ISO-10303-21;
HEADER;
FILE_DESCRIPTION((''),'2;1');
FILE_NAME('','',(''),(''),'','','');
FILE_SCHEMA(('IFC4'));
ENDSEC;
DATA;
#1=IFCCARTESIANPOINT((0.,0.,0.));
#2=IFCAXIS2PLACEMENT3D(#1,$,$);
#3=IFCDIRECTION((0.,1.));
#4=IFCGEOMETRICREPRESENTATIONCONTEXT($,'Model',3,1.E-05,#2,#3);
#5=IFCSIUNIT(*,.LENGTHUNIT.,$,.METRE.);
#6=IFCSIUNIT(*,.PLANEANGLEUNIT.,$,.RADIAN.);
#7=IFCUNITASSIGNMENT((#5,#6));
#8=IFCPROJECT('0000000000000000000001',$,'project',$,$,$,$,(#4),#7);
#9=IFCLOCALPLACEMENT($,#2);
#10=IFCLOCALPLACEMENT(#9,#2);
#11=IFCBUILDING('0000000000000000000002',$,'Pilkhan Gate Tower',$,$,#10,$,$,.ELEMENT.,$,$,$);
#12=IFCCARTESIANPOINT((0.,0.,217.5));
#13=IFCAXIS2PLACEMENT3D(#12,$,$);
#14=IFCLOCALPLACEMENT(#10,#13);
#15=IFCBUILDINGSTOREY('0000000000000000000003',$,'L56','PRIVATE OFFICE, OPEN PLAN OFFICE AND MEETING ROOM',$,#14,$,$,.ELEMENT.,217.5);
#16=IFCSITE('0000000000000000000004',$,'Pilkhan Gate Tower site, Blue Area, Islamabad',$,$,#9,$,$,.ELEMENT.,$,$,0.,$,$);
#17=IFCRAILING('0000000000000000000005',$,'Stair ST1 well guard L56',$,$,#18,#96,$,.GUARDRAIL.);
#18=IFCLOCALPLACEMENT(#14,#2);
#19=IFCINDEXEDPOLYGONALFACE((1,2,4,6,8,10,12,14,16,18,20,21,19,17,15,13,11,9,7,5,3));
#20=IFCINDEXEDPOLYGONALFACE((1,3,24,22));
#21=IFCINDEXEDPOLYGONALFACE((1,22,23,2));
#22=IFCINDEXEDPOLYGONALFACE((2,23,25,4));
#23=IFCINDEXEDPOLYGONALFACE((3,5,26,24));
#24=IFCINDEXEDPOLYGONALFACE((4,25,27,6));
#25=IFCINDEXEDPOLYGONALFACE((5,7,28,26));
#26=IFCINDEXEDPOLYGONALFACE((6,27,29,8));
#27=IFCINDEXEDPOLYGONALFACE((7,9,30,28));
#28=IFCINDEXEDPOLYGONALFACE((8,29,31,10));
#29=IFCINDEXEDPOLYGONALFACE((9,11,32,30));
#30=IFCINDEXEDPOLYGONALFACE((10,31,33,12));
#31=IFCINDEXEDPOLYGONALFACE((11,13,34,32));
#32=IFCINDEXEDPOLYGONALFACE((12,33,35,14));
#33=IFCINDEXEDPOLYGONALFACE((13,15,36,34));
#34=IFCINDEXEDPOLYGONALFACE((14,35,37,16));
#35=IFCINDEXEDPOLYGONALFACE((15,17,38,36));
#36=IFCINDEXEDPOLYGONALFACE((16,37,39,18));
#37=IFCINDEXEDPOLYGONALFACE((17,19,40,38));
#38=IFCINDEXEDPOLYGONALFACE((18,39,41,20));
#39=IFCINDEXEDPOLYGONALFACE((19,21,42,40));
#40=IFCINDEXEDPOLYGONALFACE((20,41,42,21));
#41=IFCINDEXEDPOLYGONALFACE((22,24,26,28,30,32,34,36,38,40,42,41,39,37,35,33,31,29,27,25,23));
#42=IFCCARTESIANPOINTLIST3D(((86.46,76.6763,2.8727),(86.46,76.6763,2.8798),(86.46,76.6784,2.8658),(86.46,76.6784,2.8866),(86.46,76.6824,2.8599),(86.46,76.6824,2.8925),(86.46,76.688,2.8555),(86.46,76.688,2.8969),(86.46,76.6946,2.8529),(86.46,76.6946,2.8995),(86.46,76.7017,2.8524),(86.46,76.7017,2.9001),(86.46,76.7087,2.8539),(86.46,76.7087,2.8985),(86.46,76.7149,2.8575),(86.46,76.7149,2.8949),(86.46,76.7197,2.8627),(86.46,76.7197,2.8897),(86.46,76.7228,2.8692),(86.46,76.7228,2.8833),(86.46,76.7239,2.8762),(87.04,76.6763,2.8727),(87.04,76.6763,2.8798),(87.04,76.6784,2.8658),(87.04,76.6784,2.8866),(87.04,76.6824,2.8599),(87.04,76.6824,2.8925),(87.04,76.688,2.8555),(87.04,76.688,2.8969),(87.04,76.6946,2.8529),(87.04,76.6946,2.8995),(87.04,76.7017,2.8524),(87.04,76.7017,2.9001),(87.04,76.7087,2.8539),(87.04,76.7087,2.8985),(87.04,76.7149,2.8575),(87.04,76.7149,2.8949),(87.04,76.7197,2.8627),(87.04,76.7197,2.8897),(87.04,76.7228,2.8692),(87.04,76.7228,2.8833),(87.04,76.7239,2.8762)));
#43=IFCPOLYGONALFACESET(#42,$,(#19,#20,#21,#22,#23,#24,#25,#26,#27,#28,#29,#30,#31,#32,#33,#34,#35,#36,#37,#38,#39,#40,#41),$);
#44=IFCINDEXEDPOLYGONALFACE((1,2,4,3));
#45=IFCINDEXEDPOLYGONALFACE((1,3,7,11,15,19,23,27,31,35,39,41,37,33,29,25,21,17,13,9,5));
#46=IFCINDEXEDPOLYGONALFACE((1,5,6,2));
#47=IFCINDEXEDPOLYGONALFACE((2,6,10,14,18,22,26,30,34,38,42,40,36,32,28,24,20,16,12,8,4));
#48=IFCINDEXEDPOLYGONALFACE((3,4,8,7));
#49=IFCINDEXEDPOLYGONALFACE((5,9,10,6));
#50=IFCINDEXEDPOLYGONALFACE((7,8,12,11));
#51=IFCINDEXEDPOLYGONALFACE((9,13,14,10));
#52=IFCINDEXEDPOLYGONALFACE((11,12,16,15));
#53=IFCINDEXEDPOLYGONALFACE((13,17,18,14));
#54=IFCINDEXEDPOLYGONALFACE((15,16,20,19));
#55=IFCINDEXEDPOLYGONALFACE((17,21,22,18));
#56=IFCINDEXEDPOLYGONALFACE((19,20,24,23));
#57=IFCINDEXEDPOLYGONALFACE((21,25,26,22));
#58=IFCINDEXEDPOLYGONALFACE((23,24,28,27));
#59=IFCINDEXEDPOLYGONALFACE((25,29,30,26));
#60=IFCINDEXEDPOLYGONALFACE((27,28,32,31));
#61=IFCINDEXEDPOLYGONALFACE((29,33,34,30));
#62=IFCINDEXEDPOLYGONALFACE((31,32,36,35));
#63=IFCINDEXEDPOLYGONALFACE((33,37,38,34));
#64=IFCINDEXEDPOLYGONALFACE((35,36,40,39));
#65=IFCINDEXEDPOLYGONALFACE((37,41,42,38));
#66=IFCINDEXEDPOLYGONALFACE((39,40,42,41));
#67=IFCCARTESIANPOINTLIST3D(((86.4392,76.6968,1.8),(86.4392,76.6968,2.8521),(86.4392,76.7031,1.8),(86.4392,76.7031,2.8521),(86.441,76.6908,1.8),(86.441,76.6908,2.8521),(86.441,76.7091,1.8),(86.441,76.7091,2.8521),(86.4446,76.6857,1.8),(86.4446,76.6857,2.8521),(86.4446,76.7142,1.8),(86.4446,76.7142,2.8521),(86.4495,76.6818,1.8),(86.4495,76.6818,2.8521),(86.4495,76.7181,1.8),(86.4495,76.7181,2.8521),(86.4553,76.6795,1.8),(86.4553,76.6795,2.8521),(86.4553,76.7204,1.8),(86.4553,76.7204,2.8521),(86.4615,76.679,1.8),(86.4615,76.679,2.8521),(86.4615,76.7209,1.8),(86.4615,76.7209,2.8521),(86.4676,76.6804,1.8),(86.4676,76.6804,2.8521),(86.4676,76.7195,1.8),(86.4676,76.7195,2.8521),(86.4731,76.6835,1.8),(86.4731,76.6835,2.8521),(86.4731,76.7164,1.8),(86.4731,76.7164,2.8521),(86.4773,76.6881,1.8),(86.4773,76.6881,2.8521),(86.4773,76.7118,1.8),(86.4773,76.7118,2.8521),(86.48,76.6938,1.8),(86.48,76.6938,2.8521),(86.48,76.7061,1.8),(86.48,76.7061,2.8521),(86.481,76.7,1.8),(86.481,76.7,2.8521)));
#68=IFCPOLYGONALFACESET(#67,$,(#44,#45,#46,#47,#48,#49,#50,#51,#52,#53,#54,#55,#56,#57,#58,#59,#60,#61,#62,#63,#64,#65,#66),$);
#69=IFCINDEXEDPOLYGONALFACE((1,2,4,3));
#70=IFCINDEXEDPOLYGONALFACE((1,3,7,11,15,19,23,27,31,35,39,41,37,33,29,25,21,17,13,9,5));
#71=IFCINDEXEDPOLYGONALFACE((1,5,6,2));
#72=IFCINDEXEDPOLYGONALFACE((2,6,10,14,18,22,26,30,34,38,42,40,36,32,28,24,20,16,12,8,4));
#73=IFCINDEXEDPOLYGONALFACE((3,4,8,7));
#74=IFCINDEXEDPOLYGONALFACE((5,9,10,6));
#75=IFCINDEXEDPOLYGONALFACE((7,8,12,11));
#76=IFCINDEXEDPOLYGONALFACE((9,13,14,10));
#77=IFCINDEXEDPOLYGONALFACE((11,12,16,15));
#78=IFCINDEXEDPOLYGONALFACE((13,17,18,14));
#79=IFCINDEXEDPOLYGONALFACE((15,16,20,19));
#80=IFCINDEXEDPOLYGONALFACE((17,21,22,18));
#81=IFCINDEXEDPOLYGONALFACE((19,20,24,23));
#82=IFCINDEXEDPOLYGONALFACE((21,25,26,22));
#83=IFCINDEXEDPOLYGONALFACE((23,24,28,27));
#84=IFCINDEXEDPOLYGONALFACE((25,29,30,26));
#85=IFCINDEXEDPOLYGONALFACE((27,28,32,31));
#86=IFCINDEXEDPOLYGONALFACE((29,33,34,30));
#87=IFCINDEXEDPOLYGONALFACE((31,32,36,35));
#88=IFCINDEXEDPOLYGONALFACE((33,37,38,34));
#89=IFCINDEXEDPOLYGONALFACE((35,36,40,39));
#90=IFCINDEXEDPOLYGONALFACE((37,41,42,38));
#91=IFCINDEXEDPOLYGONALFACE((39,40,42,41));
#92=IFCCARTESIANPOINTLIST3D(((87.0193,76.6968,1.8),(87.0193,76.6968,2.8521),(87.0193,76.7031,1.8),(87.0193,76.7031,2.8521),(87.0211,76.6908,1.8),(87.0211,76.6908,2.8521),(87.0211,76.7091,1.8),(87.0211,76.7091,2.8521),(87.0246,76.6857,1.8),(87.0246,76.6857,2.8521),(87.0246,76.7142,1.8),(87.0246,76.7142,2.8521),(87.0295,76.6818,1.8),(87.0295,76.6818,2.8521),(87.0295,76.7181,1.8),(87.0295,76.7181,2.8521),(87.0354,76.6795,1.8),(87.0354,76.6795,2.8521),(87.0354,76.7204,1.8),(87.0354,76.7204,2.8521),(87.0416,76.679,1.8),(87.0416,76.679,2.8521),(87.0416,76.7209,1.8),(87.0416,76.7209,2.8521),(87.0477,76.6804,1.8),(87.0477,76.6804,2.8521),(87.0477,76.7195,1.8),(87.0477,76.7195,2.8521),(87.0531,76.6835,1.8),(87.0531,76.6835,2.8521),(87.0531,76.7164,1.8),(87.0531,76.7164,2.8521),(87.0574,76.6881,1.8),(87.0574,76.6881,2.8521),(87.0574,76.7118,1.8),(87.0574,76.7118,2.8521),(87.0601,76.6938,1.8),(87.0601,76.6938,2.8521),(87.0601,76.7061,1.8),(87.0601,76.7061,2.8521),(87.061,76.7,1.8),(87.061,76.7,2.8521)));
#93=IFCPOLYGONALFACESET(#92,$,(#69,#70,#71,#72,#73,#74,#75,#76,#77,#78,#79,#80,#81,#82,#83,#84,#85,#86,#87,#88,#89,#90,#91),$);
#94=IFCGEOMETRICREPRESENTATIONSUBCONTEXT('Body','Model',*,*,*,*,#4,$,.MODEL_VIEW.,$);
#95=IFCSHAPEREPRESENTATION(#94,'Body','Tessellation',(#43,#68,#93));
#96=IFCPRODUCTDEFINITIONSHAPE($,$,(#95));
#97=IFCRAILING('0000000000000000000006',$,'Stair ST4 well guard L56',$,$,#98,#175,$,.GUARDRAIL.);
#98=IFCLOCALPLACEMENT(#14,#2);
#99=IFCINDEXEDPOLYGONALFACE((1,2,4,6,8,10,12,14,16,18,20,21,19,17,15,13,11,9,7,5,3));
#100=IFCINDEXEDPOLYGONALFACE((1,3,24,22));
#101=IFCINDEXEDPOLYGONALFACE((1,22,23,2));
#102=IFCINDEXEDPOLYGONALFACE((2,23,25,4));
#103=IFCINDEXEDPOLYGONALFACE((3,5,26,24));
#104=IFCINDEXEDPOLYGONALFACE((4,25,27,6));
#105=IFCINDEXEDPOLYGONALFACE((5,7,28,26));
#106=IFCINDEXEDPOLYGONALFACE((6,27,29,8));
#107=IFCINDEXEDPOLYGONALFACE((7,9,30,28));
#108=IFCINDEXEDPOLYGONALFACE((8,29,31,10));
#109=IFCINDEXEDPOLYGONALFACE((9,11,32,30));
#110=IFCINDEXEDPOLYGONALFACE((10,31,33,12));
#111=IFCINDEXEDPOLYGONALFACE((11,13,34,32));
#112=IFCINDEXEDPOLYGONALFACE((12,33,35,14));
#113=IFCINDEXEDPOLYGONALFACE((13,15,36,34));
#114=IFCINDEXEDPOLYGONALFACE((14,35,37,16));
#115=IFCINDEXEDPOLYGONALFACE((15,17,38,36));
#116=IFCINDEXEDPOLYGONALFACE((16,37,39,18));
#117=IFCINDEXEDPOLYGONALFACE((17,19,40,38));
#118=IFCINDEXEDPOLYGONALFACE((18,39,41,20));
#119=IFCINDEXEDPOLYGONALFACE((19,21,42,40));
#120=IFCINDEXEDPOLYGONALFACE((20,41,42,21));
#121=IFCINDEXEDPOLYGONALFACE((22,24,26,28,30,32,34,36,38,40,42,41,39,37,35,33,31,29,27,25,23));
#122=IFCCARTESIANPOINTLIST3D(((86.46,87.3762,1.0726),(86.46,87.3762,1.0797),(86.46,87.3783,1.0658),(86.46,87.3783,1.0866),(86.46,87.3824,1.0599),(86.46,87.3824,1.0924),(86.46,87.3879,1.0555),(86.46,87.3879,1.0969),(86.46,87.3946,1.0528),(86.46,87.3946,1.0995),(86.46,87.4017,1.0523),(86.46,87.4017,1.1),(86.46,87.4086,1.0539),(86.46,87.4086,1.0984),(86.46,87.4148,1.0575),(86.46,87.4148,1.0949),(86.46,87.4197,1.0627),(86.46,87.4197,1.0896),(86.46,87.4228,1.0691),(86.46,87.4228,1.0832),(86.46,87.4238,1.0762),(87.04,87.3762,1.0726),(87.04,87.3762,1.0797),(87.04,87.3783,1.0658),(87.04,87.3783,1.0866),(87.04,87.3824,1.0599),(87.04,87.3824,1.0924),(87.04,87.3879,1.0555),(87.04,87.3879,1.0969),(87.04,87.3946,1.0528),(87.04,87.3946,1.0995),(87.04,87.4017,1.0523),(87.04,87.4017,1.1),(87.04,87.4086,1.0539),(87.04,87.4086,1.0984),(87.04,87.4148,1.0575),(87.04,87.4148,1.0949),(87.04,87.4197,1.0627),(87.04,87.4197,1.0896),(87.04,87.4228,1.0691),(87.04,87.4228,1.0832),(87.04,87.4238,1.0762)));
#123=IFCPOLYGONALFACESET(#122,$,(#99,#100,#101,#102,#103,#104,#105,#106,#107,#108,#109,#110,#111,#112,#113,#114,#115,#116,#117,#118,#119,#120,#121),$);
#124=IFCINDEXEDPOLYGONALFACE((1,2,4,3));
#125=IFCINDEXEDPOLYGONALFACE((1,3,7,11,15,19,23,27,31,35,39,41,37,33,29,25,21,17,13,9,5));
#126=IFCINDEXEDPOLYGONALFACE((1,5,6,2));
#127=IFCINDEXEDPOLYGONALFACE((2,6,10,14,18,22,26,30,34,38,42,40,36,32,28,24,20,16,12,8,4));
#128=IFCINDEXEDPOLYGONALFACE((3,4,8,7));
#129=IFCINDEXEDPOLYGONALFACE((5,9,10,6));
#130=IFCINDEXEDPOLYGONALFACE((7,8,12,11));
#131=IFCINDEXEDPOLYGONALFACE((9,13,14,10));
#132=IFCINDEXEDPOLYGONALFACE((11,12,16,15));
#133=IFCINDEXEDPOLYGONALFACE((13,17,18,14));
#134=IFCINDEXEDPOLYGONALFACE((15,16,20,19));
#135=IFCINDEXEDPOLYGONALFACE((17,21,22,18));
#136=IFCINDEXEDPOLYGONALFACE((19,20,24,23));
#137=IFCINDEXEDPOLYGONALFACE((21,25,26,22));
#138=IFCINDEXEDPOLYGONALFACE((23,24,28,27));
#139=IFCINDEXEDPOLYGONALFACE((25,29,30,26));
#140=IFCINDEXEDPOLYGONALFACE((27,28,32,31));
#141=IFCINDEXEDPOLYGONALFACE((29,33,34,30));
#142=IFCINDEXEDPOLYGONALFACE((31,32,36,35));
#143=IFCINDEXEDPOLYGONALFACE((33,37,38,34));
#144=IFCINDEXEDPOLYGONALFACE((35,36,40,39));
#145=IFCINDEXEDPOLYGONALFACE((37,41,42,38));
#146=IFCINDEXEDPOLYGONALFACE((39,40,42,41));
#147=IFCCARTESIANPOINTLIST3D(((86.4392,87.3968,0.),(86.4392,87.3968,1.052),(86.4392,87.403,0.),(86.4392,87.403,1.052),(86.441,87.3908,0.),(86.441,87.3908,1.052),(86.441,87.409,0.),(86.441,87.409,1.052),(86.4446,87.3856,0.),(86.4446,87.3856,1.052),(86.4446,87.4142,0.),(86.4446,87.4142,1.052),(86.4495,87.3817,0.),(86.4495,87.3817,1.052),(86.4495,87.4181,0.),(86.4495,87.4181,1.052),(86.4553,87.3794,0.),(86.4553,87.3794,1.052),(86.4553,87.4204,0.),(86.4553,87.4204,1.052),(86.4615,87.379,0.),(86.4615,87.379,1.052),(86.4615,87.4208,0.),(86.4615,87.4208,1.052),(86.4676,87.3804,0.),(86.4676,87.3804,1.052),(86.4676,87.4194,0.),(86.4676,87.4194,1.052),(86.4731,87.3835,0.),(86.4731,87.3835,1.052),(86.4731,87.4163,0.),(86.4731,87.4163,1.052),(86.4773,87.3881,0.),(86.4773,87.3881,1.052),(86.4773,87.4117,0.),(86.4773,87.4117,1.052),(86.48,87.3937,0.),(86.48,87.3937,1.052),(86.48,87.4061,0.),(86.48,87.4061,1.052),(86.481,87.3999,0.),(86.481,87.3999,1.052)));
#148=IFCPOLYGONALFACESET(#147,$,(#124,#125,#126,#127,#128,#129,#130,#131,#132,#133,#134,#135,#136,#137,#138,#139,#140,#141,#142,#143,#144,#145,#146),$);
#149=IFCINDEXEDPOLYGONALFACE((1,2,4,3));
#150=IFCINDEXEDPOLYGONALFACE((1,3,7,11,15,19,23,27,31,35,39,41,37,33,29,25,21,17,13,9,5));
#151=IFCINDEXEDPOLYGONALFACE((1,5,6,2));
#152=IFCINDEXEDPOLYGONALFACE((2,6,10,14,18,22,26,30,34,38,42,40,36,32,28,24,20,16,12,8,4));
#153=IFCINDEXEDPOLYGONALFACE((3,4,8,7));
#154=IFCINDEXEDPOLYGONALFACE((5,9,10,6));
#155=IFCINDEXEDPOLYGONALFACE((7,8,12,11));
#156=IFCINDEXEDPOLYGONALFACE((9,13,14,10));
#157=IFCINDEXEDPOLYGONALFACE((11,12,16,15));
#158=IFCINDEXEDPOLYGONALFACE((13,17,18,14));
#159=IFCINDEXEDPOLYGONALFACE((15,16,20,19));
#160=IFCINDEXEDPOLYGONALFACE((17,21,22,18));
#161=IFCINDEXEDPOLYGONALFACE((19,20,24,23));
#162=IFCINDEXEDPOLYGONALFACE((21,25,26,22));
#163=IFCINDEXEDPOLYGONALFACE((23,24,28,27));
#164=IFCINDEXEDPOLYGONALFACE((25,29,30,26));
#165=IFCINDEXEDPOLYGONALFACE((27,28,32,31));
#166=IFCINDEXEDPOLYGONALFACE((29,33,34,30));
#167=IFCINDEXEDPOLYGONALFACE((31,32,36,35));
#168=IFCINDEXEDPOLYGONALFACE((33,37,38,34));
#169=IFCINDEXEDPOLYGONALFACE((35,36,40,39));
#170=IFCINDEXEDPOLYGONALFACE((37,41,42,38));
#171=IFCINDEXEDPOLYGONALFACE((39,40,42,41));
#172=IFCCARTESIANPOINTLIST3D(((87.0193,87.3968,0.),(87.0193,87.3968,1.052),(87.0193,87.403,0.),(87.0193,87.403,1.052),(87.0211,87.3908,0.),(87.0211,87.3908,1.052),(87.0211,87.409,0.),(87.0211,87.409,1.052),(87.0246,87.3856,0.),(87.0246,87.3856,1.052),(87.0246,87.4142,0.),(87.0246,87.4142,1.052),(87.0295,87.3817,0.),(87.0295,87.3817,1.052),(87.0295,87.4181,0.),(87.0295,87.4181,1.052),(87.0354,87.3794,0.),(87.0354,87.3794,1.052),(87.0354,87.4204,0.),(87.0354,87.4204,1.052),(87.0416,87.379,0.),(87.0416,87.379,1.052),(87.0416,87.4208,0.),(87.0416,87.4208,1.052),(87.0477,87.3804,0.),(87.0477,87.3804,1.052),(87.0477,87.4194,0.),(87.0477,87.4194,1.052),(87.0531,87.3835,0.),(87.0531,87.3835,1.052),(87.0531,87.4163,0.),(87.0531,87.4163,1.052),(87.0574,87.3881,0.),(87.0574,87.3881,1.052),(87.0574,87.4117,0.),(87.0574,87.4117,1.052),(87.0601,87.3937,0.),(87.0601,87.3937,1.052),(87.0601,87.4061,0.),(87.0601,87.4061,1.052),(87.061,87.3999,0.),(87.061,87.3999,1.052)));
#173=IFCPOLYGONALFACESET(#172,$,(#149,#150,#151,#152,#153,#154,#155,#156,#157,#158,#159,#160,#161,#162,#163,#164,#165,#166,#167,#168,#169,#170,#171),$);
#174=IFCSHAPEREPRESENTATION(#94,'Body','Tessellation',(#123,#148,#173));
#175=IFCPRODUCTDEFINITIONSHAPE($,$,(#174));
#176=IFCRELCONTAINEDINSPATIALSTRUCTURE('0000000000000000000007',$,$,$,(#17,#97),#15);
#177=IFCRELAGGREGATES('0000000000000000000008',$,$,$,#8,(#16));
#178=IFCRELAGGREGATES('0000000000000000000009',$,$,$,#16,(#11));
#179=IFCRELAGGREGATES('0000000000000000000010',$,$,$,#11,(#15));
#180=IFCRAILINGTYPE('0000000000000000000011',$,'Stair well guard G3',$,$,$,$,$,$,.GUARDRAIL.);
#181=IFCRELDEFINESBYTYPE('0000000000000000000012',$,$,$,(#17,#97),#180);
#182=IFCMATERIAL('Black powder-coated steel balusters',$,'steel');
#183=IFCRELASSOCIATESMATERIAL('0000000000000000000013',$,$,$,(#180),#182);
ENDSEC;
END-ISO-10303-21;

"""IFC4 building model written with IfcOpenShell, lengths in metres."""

from ifc_helpers import new_model, si_unit, direction, frame, origin, origin_2d, place, context, subcontext, project, spatial, circle, extrude, material, type_object, element, save


model = new_model("IFC4")

# Units and contexts
model_context = context("Model", 3, precision=1e-05, world=origin(), true_north=direction((0.0, 1.0)))
body_context = subcontext(model_context, "Body", "Model", "MODEL_VIEW")
ifc_project = project(units=[si_unit("LENGTHUNIT", "METRE"), si_unit("PLANEANGLEUNIT", "RADIAN")], contexts=[model_context])

# Site, building, storey
site_placement = place(None, origin())
site = spatial("IfcSite", under=ifc_project, at=site_placement, Name="Pilkhan Gate Tower site, Blue Area, Islamabad", CompositionType="ELEMENT", RefElevation=0.0)
building_placement = place(site_placement, origin())
building = spatial("IfcBuilding", under=site, at=building_placement, Name="Pilkhan Gate Tower", CompositionType="ELEMENT")
storey_placement = place(building_placement, frame((0.0, 0.0, 217.5)))
storey = spatial("IfcBuildingStorey", under=building, at=storey_placement, Name="L56", Description="PRIVATE OFFICE, OPEN PLAN OFFICE AND MEETING ROOM", CompositionType="ELEMENT", Elevation=217.5)

# Railings
ifc_material_1 = material(Name="Black powder-coated steel balusters", Category="steel")
railing_type_1 = type_object("IfcRailingType", Name="Stair well guard G3", PredefinedType="GUARDRAIL", material=ifc_material_1)
for number, where, name in (
    (1, (86.46, 76.7, 1.8), "Stair ST1 well guard L56"),
    (2, (86.46, 87.3999, 0.0), "Stair ST4 well guard L56"),
):
    element("IfcRailing", number, at=place(storey_placement, frame(where)), inside=storey, type_object=railing_type_1, Name=name, PredefinedType="GUARDRAIL", context=body_context, shape_type="SweptSolid", body=[
        extrude(circle(Radius=0.0239, at=origin_2d()), frame((0.0, 0.0, 1.0762), z_axis=(1.0, 0.0, 0.0), x_axis=(0.0, 1.0, 0.0)), (0.0, 0.0, 1.0), 0.5801),
        extrude(circle(Radius=0.021, at=origin_2d()), origin(), (0.0, 0.0, 1.0), 1.052),
        extrude(circle(Radius=0.021, at=origin_2d()), frame((0.5801, 0.0, 0.0)), (0.0, 0.0, 1.0), 1.052),
    ])

save(model, "model.ifc")
